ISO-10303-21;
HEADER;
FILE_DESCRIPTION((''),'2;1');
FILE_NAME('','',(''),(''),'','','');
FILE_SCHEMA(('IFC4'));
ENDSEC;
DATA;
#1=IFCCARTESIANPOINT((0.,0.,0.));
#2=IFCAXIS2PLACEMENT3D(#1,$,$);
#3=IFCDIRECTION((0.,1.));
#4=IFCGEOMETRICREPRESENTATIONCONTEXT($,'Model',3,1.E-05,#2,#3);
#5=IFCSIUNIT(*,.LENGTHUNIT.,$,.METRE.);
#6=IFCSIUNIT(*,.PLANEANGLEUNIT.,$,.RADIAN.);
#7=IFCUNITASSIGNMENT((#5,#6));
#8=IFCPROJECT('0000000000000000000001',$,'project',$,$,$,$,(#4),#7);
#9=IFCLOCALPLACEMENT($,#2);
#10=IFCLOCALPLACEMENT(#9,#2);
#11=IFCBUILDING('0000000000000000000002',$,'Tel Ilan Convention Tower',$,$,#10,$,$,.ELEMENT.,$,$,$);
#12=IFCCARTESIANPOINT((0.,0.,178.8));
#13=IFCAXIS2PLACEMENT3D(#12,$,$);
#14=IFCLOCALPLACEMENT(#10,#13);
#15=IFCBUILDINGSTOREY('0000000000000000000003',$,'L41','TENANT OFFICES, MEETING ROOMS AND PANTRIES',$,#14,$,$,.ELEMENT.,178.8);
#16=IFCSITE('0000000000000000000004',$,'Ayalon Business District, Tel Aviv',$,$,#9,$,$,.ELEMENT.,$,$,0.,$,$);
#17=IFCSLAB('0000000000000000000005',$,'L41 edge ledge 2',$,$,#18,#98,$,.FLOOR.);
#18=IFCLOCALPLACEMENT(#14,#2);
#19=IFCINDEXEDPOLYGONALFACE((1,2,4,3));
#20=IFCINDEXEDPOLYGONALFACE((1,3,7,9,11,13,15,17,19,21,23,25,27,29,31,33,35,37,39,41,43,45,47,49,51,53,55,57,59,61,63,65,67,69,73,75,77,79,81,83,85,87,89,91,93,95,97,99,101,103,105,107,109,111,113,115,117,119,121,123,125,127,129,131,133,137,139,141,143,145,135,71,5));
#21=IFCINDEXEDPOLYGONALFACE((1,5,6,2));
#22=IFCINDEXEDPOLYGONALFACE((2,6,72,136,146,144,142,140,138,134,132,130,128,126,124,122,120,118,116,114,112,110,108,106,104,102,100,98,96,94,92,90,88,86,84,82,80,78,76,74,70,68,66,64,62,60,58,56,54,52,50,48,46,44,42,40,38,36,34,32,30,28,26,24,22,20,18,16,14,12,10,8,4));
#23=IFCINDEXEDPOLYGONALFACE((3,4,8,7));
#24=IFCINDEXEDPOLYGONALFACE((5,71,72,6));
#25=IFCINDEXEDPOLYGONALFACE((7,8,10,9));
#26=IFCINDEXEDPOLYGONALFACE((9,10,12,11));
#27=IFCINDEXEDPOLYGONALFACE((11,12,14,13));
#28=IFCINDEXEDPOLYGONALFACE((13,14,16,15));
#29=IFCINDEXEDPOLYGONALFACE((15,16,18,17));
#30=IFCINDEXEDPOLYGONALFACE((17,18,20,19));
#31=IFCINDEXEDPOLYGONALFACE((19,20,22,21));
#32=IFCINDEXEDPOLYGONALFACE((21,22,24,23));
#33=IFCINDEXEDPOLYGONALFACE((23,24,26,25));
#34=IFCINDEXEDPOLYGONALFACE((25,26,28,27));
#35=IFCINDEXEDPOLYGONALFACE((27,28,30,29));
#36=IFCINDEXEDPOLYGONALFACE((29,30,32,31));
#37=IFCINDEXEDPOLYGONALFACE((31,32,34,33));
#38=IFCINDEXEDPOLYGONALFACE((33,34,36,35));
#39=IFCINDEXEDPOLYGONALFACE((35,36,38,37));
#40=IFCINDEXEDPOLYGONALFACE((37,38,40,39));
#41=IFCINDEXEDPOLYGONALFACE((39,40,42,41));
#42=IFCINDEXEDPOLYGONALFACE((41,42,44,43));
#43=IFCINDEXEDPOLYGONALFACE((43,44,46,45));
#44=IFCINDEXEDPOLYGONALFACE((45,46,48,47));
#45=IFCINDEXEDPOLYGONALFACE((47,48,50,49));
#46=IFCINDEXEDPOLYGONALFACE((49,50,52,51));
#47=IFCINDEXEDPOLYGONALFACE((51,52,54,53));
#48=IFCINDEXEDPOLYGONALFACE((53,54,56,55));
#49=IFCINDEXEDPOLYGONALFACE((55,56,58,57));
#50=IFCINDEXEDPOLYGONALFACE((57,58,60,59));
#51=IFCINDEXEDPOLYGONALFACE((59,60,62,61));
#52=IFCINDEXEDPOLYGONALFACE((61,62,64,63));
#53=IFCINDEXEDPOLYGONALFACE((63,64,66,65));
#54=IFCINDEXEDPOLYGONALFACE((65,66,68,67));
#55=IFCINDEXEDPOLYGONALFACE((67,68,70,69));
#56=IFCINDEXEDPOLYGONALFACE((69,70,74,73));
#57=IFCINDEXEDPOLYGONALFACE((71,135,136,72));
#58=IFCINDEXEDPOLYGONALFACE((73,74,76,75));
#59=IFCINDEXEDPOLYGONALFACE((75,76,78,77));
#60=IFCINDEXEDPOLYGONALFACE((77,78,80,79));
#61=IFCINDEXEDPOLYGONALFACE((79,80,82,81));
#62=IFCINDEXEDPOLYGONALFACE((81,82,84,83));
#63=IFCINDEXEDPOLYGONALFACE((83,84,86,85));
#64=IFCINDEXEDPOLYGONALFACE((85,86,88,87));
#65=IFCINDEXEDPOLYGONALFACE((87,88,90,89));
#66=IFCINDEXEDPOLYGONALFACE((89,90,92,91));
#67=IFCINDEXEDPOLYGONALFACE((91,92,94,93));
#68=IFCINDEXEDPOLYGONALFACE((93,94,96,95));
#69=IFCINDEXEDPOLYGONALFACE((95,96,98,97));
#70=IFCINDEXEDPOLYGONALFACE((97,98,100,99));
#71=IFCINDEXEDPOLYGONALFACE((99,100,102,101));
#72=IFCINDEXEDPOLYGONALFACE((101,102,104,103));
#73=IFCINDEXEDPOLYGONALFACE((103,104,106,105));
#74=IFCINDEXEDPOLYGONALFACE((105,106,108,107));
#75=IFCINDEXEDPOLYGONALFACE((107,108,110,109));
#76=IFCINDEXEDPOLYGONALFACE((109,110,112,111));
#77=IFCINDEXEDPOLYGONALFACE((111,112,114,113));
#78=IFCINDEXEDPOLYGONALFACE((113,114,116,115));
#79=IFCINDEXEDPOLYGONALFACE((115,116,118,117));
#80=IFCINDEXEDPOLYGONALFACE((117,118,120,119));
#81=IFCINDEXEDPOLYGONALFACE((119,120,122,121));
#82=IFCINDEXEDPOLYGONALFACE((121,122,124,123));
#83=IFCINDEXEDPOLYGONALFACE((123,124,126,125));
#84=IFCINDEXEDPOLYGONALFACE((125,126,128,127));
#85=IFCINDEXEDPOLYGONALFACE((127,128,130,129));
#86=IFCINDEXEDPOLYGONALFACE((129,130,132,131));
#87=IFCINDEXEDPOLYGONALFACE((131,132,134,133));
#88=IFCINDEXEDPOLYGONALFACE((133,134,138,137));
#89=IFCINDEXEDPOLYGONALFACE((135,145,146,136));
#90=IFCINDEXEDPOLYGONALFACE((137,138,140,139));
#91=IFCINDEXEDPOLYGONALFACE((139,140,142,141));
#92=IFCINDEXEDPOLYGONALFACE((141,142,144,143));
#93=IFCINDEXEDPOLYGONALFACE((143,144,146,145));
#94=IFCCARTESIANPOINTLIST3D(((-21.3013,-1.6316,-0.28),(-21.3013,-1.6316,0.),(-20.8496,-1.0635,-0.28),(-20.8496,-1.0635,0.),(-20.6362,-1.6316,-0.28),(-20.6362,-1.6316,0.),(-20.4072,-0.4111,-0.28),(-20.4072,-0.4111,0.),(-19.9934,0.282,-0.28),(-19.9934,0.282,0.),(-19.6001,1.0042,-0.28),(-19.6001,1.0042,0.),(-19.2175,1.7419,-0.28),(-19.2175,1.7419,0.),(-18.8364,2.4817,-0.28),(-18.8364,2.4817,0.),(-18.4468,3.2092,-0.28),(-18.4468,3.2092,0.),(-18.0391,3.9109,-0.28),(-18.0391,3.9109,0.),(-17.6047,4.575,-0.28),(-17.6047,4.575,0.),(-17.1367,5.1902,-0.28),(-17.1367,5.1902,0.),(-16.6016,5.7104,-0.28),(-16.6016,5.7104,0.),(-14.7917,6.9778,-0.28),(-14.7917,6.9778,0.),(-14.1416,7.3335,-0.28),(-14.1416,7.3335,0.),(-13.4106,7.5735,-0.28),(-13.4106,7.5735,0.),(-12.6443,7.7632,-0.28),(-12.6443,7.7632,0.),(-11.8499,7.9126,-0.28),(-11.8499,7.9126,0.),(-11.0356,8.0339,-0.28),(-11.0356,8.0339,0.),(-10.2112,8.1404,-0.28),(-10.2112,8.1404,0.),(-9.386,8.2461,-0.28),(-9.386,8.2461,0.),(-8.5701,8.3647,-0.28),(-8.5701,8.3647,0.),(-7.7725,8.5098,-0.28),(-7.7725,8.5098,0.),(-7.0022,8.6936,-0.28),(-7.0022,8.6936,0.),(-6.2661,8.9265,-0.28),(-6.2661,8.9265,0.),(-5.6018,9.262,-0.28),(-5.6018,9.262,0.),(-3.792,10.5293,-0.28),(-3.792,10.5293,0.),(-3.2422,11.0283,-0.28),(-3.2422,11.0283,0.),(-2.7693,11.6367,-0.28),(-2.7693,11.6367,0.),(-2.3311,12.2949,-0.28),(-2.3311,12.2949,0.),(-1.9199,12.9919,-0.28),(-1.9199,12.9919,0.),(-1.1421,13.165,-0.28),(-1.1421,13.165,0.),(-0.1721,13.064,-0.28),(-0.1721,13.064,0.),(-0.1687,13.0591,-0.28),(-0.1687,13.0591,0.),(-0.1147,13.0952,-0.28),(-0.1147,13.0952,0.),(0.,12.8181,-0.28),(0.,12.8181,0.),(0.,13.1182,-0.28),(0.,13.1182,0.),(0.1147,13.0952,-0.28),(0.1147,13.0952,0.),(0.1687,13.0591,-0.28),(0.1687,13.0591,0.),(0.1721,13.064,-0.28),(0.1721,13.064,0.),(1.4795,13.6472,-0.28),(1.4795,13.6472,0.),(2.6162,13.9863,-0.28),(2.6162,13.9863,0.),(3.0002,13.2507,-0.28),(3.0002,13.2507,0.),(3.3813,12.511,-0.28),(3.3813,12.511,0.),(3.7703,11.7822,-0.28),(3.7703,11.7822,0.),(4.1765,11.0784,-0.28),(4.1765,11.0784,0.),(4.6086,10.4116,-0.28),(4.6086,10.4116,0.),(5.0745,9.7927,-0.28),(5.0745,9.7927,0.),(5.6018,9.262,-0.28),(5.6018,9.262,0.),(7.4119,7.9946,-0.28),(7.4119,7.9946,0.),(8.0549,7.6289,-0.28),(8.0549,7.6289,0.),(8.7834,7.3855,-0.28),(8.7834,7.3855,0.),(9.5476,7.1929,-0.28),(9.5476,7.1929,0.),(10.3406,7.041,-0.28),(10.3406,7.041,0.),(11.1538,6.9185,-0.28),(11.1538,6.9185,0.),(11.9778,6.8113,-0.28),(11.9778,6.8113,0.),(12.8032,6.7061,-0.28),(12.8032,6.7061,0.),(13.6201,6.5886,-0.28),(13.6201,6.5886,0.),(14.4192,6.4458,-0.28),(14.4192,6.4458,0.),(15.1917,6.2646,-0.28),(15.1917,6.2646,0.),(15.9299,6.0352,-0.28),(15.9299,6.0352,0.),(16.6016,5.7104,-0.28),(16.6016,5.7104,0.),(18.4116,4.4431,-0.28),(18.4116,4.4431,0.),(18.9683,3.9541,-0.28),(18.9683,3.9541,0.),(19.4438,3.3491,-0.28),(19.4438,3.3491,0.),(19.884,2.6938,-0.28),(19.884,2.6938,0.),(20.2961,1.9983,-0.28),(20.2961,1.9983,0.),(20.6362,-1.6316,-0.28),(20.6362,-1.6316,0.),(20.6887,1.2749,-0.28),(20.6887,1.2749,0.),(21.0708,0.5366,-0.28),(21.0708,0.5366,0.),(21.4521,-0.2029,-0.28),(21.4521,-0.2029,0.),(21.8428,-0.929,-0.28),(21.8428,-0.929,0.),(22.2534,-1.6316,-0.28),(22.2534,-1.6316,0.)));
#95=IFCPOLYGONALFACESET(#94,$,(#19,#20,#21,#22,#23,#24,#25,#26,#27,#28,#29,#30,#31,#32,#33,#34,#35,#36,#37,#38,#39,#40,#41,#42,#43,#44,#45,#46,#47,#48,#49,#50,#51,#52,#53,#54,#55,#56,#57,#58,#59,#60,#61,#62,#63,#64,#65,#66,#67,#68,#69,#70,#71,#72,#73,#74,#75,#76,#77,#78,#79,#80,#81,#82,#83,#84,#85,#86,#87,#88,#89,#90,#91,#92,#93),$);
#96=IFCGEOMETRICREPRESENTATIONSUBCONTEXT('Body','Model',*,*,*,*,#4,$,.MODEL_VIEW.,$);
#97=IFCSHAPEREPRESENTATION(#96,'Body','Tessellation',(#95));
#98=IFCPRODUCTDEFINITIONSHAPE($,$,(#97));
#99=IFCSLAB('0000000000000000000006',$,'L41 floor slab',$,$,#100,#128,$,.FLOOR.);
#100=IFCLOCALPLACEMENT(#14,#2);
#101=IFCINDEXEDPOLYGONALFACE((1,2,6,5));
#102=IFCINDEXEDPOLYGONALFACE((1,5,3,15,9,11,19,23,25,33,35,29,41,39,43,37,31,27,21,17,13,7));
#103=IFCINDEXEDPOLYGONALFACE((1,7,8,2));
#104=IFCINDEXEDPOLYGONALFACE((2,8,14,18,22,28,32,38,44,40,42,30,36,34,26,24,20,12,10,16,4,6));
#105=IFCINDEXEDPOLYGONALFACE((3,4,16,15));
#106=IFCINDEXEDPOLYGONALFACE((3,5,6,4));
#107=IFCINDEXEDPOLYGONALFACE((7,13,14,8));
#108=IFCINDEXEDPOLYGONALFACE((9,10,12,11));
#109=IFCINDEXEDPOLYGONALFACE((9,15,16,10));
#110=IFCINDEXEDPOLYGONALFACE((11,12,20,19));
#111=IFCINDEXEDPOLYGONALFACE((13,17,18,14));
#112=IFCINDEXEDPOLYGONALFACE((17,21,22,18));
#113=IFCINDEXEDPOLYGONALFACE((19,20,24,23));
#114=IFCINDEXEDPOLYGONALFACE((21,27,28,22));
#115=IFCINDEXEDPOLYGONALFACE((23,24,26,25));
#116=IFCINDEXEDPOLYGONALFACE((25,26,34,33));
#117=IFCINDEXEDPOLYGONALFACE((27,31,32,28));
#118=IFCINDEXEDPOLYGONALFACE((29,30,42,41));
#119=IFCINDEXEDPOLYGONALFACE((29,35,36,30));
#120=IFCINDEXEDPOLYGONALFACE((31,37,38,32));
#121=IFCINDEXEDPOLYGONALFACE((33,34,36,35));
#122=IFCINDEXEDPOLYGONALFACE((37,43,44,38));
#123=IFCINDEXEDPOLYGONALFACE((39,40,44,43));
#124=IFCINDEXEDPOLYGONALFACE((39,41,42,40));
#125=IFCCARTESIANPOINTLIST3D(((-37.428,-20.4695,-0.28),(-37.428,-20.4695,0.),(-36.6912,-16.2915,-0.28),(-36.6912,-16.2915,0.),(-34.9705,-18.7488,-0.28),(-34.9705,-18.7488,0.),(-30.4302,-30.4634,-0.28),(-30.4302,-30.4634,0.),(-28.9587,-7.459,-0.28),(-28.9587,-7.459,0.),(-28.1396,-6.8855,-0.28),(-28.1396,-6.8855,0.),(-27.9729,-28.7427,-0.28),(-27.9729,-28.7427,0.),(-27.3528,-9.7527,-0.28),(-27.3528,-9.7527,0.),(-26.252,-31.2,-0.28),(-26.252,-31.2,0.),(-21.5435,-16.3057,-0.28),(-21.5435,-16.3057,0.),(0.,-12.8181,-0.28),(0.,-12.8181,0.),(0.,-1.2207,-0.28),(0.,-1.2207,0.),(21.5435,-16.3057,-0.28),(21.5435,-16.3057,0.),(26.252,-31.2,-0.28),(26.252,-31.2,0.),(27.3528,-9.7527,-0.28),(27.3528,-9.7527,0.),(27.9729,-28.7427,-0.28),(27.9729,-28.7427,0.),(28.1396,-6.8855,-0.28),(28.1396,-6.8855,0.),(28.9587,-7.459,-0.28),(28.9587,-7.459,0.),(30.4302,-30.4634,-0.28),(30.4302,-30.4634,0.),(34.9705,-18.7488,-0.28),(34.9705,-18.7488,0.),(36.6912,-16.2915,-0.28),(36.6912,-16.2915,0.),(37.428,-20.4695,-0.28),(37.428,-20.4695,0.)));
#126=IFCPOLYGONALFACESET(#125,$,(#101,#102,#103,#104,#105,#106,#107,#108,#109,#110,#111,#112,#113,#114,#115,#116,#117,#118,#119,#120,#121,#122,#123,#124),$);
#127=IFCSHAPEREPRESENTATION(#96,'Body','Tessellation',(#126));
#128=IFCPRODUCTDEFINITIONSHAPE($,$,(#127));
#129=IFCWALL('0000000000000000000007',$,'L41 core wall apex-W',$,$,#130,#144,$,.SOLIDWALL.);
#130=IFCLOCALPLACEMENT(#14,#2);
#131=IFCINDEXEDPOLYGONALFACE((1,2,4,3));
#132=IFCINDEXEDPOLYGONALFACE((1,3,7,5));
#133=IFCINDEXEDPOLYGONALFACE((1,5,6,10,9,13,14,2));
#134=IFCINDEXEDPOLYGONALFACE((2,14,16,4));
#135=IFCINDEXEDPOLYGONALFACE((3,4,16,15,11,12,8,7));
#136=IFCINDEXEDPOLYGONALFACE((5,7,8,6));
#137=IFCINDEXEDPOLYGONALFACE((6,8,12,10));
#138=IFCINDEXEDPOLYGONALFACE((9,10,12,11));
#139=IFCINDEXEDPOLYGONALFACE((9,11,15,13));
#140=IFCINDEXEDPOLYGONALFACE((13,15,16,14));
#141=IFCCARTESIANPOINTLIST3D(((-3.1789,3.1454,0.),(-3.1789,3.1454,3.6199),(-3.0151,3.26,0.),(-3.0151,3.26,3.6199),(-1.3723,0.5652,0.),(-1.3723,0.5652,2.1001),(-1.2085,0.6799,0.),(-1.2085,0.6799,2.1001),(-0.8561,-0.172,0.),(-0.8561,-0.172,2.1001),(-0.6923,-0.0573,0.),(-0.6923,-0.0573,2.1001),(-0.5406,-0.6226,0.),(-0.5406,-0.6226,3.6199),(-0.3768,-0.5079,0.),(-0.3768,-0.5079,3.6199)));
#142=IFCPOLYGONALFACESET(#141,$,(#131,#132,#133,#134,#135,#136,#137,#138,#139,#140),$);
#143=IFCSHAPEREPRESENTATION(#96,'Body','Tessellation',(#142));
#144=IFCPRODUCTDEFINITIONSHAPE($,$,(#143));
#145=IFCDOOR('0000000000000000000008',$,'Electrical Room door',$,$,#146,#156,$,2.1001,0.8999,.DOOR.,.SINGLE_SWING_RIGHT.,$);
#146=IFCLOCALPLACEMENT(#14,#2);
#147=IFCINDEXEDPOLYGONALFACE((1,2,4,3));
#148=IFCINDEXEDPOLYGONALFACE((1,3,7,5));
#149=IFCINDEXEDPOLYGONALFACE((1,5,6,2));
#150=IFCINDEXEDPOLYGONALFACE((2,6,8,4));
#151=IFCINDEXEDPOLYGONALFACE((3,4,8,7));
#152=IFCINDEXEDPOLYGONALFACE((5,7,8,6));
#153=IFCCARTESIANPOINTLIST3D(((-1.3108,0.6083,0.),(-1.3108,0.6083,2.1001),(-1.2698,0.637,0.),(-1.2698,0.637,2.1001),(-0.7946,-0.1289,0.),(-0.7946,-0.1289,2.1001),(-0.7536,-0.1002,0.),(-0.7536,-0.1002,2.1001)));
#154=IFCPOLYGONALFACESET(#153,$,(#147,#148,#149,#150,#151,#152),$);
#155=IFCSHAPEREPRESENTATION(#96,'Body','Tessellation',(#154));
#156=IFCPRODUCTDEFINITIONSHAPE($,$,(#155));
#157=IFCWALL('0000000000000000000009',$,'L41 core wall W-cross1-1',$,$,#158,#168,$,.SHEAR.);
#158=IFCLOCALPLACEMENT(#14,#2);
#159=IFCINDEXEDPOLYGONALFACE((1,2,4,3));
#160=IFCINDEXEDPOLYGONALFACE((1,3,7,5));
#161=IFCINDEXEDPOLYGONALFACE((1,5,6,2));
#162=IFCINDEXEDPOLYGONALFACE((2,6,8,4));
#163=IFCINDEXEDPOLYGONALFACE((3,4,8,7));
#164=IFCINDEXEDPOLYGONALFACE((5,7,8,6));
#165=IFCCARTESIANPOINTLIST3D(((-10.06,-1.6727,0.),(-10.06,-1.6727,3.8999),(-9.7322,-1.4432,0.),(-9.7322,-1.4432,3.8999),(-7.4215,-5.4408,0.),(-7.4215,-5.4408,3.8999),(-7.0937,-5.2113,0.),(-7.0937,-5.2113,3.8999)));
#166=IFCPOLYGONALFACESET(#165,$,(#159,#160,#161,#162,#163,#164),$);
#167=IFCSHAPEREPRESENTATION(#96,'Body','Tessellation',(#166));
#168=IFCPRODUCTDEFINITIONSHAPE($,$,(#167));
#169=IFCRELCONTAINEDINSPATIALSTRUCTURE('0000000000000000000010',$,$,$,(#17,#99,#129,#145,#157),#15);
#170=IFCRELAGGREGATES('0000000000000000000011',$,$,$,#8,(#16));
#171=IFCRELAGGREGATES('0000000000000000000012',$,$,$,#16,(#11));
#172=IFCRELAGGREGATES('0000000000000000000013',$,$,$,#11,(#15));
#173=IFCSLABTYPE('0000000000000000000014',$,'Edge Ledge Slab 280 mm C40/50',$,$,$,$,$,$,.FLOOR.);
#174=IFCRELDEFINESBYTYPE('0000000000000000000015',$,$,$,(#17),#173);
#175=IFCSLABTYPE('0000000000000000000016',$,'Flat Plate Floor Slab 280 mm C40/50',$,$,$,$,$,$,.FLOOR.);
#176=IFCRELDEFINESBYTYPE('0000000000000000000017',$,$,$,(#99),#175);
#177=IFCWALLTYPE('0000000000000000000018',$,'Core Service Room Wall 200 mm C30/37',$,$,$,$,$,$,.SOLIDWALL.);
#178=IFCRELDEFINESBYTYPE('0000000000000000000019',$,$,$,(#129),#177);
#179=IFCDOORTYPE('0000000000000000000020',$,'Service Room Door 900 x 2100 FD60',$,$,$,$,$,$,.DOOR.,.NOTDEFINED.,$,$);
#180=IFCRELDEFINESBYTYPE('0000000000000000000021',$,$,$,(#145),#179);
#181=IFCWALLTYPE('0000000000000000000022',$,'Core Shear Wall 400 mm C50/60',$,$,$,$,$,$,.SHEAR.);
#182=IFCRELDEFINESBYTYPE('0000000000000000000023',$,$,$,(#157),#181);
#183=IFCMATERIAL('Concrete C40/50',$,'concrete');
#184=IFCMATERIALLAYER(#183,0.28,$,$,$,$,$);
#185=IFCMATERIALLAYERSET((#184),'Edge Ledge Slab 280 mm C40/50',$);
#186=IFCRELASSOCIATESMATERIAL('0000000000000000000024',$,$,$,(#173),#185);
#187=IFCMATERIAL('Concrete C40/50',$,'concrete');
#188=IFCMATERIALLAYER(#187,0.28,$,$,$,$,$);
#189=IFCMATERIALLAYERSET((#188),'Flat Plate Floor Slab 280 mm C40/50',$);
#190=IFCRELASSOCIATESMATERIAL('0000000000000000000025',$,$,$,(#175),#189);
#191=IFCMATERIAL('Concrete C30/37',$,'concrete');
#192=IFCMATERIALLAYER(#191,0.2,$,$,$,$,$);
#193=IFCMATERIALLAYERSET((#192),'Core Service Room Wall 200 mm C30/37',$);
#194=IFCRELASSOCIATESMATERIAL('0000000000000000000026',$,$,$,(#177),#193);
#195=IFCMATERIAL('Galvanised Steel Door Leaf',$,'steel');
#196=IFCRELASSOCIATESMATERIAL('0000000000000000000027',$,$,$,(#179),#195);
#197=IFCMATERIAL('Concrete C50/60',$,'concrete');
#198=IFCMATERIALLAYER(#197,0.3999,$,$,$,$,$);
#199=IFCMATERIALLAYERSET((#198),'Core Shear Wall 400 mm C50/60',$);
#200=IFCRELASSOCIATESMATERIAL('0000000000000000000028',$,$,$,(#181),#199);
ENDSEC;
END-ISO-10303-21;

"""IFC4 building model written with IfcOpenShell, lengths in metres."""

from ifc_helpers import new_model, si_unit, direction, frame, frame_2d, origin, place, context, subcontext, project, spatial, polyline, rectangle, outline, extrude, material, layer, layer_set, type_object, element, fill, save


model = new_model("IFC4")

# Units and contexts
model_context = context("Model", 3, precision=1e-05, world=origin(), true_north=direction((0.0, 1.0)))
body_context = subcontext(model_context, "Body", "Model", "MODEL_VIEW")
ifc_project = project(units=[si_unit("LENGTHUNIT", "METRE"), si_unit("PLANEANGLEUNIT", "RADIAN")], contexts=[model_context])

# Site, building, storey
site_placement = place(None, origin())
site = spatial("IfcSite", under=ifc_project, at=site_placement, Name="Ayalon Business District, Tel Aviv", CompositionType="ELEMENT", RefElevation=0.0)
building_placement = place(site_placement, origin())
building = spatial("IfcBuilding", under=site, at=building_placement, Name="Tel Ilan Convention Tower", CompositionType="ELEMENT")
storey_placement = place(building_placement, frame((0.0, 0.0, 178.8)))
storey = spatial("IfcBuildingStorey", under=building, at=storey_placement, Name="L41", Description="TENANT OFFICES, MEETING ROOMS AND PANTRIES", CompositionType="ELEMENT", Elevation=178.8)

# Slabs
ifc_material_1 = material(Name="Concrete C40/50", Category="concrete")
ifc_layer_1 = layer(ifc_material_1, 0.28)
ifc_layer_set_1 = layer_set([ifc_layer_1], Name="Edge Ledge Slab 280 mm C40/50")
slab_type_1 = type_object("IfcSlabType", Name="Edge Ledge Slab 280 mm C40/50", PredefinedType="FLOOR", material=ifc_layer_set_1)
slab_1_placement = place(storey_placement, frame((0.0, 0.0, -0.28)))
element("IfcSlab", 1, at=slab_1_placement, inside=storey, type_object=slab_type_1, Name="L41 edge ledge 2", PredefinedType="FLOOR", context=body_context, shape_type="SweptSolid", body=[
    extrude(outline(polyline([(-19.6001, 1.0042), (-19.2175, 1.7419), (-18.8364, 2.4817), (-18.4468, 3.2092), (-18.0391, 3.9109), (-17.6047, 4.575), (-17.1367, 5.1902), (-16.6016, 5.7104), (-14.7917, 6.9778), (-14.1416, 7.3335), (-13.4106, 7.5735), (-12.6443, 7.7632), (-11.8499, 7.9126), (-11.0356, 8.0339), (-10.2112, 8.1404), (-9.386, 8.2461), (-8.5701, 8.3647), (-7.7725, 8.5098), (-7.0022, 8.6936), (-6.2661, 8.9265), (-5.6018, 9.262), (-3.792, 10.5293), (-3.2422, 11.0283), (-2.7693, 11.6367), (-2.3311, 12.2949), (-1.9199, 12.9919), (-1.1421, 13.165), (-0.1721, 13.064), (-0.1687, 13.0591), (-0.1147, 13.0952), (0.0, 13.1182), (0.1147, 13.0952), (0.1687, 13.0591), (0.1721, 13.064), (1.4795, 13.6472), (2.6162, 13.9863), (3.0002, 13.2507), (3.3813, 12.511), (3.7703, 11.7822), (4.1765, 11.0784), (4.6086, 10.4116), (5.0745, 9.7927), (5.6018, 9.262), (7.4119, 7.9946), (8.0549, 7.6289), (8.7834, 7.3855), (9.5476, 7.1929), (10.3406, 7.041), (11.1538, 6.9185), (11.9778, 6.8113), (12.8032, 6.7061), (13.6201, 6.5886), (14.4192, 6.4458), (15.1917, 6.2646), (15.9299, 6.0352), (16.6016, 5.7104), (18.4116, 4.4431), (18.9683, 3.9541), (19.4438, 3.3491), (19.884, 2.6938), (20.2961, 1.9983), (20.6887, 1.2749), (21.0708, 0.5366), (21.4521, -0.2029), (21.8428, -0.929), (22.2534, -1.6316), (20.6362, -1.6316), (0.0, 12.8181), (-20.6362, -1.6316), (-21.3013, -1.6316), (-20.8496, -1.0635), (-20.4072, -0.4111), (-19.9934, 0.282), (-19.6001, 1.0042)])), origin(), (0.0, 0.0, 1.0), 0.28),
])
ifc_material_2 = material(Name="Concrete C40/50", Category="concrete")
ifc_layer_2 = layer(ifc_material_2, 0.28)
ifc_layer_set_2 = layer_set([ifc_layer_2], Name="Flat Plate Floor Slab 280 mm C40/50")
slab_type_2 = type_object("IfcSlabType", Name="Flat Plate Floor Slab 280 mm C40/50", PredefinedType="FLOOR", material=ifc_layer_set_2)
slab_2_placement = place(storey_placement, frame((0.0, 0.0, -0.28)))
element("IfcSlab", 2, at=slab_2_placement, inside=storey, type_object=slab_type_2, Name="L41 floor slab", PredefinedType="FLOOR", context=body_context, shape_type="SweptSolid", body=[
    extrude(outline(polyline([(21.5435, -16.3057), (28.1396, -6.8855), (28.9587, -7.459), (27.3528, -9.7527), (36.6912, -16.2915), (34.9705, -18.7488), (37.428, -20.4695), (30.4302, -30.4634), (27.9729, -28.7427), (26.252, -31.2), (0.0, -12.8181), (-26.252, -31.2), (-27.9729, -28.7427), (-30.4302, -30.4634), (-37.428, -20.4695), (-34.9705, -18.7488), (-36.6912, -16.2915), (-27.3528, -9.7527), (-28.9587, -7.459), (-28.1396, -6.8855), (-21.5435, -16.3057), (0.0, -1.2207), (21.5435, -16.3057)])), origin(), (0.0, 0.0, 1.0), 0.28),
])

# Wall, opening, door
ifc_material_3 = material(Name="Concrete C30/37", Category="concrete")
ifc_layer_3 = layer(ifc_material_3, 0.2)
ifc_layer_set_3 = layer_set([ifc_layer_3], Name="Core Service Room Wall 200 mm C30/37")
wall_type_1 = type_object("IfcWallType", Name="Core Service Room Wall 200 mm C30/37", PredefinedType="SOLIDWALL", material=ifc_layer_set_3)
wall_1_placement = place(storey_placement, frame((-0.4587, -0.5652, 0.0), z_axis=(0.0, 0.0, 1.0), x_axis=(-0.573576, 0.819152, 0.0)))
wall_1 = element("IfcWall", 3, at=wall_1_placement, inside=storey, type_object=wall_type_1, Name="L41 core wall apex-W", PredefinedType="SOLIDWALL", context=body_context, shape_type="SweptSolid", body=[
    extrude(rectangle(XDim=4.5999, YDim=0.2, at=frame_2d((2.2998, 0.0))), origin(), (0.0, 0.0, 1.0), 3.6199),
])
opening_1_placement = place(wall_1_placement, frame((0.55, 0.0, 0.0)))
opening_1 = element("IfcOpeningElement", 4, at=opening_1_placement, cuts=wall_1, PredefinedType="OPENING", context=body_context, shape_type="SweptSolid", body=[
    extrude(rectangle(XDim=0.8999, YDim=2.1001, at=frame_2d((0.45, 1.05))), frame((0.0, 0.1099, 0.0), z_axis=(0.0, -1.0, 0.0), x_axis=(1.0, 0.0, 0.0)), (0.0, 0.0, 1.0), 0.22),
])
ifc_material_4 = material(Name="Galvanised Steel Door Leaf", Category="steel")
door_type_1 = type_object("IfcDoorType", Name="Service Room Door 900 x 2100 FD60", OperationType="NOTDEFINED", PredefinedType="DOOR", material=ifc_material_4)
door_1_placement = place(opening_1_placement, origin())
door_1 = element("IfcDoor", 5, at=door_1_placement, inside=storey, type_object=door_type_1, Name="Electrical Room door", OperationType="SINGLE_SWING_RIGHT", OverallHeight=2.1001, OverallWidth=0.8999, PredefinedType="DOOR", context=body_context, shape_type="SweptSolid", body=[
    extrude(rectangle(XDim=0.8999, YDim=2.1001, at=frame_2d((0.45, 1.05))), frame((0.0, 0.0249, 0.0), z_axis=(0.0, -1.0, 0.0), x_axis=(1.0, 0.0, 0.0)), (0.0, 0.0, 1.0), 0.05),
])
fill(opening_1, door_1)

# Wall
ifc_material_5 = material(Name="Concrete C50/60", Category="concrete")
ifc_layer_4 = layer(ifc_material_5, 0.3999)
ifc_layer_set_4 = layer_set([ifc_layer_4], Name="Core Shear Wall 400 mm C50/60")
wall_type_2 = type_object("IfcWallType", Name="Core Shear Wall 400 mm C50/60", PredefinedType="SHEAR", material=ifc_layer_set_4)
wall_2_placement = place(storey_placement, frame((-7.2578, -5.3259, 0.0), z_axis=(0.0, 0.0, 1.0), x_axis=(-0.573541, 0.819177, 0.0)))
element("IfcWall", 6, at=wall_2_placement, inside=storey, type_object=wall_type_2, Name="L41 core wall W-cross1-1", PredefinedType="SHEAR", context=body_context, shape_type="SweptSolid", body=[
    extrude(outline(polyline([(4.5999, 0.2002), (-0.0002, 0.2), (-0.0002, -0.2002), (4.5999, -0.2), (4.5999, 0.2002)])), origin(), (0.0, 0.0, 1.0), 3.8999),
])

save(model, "model.ifc")
